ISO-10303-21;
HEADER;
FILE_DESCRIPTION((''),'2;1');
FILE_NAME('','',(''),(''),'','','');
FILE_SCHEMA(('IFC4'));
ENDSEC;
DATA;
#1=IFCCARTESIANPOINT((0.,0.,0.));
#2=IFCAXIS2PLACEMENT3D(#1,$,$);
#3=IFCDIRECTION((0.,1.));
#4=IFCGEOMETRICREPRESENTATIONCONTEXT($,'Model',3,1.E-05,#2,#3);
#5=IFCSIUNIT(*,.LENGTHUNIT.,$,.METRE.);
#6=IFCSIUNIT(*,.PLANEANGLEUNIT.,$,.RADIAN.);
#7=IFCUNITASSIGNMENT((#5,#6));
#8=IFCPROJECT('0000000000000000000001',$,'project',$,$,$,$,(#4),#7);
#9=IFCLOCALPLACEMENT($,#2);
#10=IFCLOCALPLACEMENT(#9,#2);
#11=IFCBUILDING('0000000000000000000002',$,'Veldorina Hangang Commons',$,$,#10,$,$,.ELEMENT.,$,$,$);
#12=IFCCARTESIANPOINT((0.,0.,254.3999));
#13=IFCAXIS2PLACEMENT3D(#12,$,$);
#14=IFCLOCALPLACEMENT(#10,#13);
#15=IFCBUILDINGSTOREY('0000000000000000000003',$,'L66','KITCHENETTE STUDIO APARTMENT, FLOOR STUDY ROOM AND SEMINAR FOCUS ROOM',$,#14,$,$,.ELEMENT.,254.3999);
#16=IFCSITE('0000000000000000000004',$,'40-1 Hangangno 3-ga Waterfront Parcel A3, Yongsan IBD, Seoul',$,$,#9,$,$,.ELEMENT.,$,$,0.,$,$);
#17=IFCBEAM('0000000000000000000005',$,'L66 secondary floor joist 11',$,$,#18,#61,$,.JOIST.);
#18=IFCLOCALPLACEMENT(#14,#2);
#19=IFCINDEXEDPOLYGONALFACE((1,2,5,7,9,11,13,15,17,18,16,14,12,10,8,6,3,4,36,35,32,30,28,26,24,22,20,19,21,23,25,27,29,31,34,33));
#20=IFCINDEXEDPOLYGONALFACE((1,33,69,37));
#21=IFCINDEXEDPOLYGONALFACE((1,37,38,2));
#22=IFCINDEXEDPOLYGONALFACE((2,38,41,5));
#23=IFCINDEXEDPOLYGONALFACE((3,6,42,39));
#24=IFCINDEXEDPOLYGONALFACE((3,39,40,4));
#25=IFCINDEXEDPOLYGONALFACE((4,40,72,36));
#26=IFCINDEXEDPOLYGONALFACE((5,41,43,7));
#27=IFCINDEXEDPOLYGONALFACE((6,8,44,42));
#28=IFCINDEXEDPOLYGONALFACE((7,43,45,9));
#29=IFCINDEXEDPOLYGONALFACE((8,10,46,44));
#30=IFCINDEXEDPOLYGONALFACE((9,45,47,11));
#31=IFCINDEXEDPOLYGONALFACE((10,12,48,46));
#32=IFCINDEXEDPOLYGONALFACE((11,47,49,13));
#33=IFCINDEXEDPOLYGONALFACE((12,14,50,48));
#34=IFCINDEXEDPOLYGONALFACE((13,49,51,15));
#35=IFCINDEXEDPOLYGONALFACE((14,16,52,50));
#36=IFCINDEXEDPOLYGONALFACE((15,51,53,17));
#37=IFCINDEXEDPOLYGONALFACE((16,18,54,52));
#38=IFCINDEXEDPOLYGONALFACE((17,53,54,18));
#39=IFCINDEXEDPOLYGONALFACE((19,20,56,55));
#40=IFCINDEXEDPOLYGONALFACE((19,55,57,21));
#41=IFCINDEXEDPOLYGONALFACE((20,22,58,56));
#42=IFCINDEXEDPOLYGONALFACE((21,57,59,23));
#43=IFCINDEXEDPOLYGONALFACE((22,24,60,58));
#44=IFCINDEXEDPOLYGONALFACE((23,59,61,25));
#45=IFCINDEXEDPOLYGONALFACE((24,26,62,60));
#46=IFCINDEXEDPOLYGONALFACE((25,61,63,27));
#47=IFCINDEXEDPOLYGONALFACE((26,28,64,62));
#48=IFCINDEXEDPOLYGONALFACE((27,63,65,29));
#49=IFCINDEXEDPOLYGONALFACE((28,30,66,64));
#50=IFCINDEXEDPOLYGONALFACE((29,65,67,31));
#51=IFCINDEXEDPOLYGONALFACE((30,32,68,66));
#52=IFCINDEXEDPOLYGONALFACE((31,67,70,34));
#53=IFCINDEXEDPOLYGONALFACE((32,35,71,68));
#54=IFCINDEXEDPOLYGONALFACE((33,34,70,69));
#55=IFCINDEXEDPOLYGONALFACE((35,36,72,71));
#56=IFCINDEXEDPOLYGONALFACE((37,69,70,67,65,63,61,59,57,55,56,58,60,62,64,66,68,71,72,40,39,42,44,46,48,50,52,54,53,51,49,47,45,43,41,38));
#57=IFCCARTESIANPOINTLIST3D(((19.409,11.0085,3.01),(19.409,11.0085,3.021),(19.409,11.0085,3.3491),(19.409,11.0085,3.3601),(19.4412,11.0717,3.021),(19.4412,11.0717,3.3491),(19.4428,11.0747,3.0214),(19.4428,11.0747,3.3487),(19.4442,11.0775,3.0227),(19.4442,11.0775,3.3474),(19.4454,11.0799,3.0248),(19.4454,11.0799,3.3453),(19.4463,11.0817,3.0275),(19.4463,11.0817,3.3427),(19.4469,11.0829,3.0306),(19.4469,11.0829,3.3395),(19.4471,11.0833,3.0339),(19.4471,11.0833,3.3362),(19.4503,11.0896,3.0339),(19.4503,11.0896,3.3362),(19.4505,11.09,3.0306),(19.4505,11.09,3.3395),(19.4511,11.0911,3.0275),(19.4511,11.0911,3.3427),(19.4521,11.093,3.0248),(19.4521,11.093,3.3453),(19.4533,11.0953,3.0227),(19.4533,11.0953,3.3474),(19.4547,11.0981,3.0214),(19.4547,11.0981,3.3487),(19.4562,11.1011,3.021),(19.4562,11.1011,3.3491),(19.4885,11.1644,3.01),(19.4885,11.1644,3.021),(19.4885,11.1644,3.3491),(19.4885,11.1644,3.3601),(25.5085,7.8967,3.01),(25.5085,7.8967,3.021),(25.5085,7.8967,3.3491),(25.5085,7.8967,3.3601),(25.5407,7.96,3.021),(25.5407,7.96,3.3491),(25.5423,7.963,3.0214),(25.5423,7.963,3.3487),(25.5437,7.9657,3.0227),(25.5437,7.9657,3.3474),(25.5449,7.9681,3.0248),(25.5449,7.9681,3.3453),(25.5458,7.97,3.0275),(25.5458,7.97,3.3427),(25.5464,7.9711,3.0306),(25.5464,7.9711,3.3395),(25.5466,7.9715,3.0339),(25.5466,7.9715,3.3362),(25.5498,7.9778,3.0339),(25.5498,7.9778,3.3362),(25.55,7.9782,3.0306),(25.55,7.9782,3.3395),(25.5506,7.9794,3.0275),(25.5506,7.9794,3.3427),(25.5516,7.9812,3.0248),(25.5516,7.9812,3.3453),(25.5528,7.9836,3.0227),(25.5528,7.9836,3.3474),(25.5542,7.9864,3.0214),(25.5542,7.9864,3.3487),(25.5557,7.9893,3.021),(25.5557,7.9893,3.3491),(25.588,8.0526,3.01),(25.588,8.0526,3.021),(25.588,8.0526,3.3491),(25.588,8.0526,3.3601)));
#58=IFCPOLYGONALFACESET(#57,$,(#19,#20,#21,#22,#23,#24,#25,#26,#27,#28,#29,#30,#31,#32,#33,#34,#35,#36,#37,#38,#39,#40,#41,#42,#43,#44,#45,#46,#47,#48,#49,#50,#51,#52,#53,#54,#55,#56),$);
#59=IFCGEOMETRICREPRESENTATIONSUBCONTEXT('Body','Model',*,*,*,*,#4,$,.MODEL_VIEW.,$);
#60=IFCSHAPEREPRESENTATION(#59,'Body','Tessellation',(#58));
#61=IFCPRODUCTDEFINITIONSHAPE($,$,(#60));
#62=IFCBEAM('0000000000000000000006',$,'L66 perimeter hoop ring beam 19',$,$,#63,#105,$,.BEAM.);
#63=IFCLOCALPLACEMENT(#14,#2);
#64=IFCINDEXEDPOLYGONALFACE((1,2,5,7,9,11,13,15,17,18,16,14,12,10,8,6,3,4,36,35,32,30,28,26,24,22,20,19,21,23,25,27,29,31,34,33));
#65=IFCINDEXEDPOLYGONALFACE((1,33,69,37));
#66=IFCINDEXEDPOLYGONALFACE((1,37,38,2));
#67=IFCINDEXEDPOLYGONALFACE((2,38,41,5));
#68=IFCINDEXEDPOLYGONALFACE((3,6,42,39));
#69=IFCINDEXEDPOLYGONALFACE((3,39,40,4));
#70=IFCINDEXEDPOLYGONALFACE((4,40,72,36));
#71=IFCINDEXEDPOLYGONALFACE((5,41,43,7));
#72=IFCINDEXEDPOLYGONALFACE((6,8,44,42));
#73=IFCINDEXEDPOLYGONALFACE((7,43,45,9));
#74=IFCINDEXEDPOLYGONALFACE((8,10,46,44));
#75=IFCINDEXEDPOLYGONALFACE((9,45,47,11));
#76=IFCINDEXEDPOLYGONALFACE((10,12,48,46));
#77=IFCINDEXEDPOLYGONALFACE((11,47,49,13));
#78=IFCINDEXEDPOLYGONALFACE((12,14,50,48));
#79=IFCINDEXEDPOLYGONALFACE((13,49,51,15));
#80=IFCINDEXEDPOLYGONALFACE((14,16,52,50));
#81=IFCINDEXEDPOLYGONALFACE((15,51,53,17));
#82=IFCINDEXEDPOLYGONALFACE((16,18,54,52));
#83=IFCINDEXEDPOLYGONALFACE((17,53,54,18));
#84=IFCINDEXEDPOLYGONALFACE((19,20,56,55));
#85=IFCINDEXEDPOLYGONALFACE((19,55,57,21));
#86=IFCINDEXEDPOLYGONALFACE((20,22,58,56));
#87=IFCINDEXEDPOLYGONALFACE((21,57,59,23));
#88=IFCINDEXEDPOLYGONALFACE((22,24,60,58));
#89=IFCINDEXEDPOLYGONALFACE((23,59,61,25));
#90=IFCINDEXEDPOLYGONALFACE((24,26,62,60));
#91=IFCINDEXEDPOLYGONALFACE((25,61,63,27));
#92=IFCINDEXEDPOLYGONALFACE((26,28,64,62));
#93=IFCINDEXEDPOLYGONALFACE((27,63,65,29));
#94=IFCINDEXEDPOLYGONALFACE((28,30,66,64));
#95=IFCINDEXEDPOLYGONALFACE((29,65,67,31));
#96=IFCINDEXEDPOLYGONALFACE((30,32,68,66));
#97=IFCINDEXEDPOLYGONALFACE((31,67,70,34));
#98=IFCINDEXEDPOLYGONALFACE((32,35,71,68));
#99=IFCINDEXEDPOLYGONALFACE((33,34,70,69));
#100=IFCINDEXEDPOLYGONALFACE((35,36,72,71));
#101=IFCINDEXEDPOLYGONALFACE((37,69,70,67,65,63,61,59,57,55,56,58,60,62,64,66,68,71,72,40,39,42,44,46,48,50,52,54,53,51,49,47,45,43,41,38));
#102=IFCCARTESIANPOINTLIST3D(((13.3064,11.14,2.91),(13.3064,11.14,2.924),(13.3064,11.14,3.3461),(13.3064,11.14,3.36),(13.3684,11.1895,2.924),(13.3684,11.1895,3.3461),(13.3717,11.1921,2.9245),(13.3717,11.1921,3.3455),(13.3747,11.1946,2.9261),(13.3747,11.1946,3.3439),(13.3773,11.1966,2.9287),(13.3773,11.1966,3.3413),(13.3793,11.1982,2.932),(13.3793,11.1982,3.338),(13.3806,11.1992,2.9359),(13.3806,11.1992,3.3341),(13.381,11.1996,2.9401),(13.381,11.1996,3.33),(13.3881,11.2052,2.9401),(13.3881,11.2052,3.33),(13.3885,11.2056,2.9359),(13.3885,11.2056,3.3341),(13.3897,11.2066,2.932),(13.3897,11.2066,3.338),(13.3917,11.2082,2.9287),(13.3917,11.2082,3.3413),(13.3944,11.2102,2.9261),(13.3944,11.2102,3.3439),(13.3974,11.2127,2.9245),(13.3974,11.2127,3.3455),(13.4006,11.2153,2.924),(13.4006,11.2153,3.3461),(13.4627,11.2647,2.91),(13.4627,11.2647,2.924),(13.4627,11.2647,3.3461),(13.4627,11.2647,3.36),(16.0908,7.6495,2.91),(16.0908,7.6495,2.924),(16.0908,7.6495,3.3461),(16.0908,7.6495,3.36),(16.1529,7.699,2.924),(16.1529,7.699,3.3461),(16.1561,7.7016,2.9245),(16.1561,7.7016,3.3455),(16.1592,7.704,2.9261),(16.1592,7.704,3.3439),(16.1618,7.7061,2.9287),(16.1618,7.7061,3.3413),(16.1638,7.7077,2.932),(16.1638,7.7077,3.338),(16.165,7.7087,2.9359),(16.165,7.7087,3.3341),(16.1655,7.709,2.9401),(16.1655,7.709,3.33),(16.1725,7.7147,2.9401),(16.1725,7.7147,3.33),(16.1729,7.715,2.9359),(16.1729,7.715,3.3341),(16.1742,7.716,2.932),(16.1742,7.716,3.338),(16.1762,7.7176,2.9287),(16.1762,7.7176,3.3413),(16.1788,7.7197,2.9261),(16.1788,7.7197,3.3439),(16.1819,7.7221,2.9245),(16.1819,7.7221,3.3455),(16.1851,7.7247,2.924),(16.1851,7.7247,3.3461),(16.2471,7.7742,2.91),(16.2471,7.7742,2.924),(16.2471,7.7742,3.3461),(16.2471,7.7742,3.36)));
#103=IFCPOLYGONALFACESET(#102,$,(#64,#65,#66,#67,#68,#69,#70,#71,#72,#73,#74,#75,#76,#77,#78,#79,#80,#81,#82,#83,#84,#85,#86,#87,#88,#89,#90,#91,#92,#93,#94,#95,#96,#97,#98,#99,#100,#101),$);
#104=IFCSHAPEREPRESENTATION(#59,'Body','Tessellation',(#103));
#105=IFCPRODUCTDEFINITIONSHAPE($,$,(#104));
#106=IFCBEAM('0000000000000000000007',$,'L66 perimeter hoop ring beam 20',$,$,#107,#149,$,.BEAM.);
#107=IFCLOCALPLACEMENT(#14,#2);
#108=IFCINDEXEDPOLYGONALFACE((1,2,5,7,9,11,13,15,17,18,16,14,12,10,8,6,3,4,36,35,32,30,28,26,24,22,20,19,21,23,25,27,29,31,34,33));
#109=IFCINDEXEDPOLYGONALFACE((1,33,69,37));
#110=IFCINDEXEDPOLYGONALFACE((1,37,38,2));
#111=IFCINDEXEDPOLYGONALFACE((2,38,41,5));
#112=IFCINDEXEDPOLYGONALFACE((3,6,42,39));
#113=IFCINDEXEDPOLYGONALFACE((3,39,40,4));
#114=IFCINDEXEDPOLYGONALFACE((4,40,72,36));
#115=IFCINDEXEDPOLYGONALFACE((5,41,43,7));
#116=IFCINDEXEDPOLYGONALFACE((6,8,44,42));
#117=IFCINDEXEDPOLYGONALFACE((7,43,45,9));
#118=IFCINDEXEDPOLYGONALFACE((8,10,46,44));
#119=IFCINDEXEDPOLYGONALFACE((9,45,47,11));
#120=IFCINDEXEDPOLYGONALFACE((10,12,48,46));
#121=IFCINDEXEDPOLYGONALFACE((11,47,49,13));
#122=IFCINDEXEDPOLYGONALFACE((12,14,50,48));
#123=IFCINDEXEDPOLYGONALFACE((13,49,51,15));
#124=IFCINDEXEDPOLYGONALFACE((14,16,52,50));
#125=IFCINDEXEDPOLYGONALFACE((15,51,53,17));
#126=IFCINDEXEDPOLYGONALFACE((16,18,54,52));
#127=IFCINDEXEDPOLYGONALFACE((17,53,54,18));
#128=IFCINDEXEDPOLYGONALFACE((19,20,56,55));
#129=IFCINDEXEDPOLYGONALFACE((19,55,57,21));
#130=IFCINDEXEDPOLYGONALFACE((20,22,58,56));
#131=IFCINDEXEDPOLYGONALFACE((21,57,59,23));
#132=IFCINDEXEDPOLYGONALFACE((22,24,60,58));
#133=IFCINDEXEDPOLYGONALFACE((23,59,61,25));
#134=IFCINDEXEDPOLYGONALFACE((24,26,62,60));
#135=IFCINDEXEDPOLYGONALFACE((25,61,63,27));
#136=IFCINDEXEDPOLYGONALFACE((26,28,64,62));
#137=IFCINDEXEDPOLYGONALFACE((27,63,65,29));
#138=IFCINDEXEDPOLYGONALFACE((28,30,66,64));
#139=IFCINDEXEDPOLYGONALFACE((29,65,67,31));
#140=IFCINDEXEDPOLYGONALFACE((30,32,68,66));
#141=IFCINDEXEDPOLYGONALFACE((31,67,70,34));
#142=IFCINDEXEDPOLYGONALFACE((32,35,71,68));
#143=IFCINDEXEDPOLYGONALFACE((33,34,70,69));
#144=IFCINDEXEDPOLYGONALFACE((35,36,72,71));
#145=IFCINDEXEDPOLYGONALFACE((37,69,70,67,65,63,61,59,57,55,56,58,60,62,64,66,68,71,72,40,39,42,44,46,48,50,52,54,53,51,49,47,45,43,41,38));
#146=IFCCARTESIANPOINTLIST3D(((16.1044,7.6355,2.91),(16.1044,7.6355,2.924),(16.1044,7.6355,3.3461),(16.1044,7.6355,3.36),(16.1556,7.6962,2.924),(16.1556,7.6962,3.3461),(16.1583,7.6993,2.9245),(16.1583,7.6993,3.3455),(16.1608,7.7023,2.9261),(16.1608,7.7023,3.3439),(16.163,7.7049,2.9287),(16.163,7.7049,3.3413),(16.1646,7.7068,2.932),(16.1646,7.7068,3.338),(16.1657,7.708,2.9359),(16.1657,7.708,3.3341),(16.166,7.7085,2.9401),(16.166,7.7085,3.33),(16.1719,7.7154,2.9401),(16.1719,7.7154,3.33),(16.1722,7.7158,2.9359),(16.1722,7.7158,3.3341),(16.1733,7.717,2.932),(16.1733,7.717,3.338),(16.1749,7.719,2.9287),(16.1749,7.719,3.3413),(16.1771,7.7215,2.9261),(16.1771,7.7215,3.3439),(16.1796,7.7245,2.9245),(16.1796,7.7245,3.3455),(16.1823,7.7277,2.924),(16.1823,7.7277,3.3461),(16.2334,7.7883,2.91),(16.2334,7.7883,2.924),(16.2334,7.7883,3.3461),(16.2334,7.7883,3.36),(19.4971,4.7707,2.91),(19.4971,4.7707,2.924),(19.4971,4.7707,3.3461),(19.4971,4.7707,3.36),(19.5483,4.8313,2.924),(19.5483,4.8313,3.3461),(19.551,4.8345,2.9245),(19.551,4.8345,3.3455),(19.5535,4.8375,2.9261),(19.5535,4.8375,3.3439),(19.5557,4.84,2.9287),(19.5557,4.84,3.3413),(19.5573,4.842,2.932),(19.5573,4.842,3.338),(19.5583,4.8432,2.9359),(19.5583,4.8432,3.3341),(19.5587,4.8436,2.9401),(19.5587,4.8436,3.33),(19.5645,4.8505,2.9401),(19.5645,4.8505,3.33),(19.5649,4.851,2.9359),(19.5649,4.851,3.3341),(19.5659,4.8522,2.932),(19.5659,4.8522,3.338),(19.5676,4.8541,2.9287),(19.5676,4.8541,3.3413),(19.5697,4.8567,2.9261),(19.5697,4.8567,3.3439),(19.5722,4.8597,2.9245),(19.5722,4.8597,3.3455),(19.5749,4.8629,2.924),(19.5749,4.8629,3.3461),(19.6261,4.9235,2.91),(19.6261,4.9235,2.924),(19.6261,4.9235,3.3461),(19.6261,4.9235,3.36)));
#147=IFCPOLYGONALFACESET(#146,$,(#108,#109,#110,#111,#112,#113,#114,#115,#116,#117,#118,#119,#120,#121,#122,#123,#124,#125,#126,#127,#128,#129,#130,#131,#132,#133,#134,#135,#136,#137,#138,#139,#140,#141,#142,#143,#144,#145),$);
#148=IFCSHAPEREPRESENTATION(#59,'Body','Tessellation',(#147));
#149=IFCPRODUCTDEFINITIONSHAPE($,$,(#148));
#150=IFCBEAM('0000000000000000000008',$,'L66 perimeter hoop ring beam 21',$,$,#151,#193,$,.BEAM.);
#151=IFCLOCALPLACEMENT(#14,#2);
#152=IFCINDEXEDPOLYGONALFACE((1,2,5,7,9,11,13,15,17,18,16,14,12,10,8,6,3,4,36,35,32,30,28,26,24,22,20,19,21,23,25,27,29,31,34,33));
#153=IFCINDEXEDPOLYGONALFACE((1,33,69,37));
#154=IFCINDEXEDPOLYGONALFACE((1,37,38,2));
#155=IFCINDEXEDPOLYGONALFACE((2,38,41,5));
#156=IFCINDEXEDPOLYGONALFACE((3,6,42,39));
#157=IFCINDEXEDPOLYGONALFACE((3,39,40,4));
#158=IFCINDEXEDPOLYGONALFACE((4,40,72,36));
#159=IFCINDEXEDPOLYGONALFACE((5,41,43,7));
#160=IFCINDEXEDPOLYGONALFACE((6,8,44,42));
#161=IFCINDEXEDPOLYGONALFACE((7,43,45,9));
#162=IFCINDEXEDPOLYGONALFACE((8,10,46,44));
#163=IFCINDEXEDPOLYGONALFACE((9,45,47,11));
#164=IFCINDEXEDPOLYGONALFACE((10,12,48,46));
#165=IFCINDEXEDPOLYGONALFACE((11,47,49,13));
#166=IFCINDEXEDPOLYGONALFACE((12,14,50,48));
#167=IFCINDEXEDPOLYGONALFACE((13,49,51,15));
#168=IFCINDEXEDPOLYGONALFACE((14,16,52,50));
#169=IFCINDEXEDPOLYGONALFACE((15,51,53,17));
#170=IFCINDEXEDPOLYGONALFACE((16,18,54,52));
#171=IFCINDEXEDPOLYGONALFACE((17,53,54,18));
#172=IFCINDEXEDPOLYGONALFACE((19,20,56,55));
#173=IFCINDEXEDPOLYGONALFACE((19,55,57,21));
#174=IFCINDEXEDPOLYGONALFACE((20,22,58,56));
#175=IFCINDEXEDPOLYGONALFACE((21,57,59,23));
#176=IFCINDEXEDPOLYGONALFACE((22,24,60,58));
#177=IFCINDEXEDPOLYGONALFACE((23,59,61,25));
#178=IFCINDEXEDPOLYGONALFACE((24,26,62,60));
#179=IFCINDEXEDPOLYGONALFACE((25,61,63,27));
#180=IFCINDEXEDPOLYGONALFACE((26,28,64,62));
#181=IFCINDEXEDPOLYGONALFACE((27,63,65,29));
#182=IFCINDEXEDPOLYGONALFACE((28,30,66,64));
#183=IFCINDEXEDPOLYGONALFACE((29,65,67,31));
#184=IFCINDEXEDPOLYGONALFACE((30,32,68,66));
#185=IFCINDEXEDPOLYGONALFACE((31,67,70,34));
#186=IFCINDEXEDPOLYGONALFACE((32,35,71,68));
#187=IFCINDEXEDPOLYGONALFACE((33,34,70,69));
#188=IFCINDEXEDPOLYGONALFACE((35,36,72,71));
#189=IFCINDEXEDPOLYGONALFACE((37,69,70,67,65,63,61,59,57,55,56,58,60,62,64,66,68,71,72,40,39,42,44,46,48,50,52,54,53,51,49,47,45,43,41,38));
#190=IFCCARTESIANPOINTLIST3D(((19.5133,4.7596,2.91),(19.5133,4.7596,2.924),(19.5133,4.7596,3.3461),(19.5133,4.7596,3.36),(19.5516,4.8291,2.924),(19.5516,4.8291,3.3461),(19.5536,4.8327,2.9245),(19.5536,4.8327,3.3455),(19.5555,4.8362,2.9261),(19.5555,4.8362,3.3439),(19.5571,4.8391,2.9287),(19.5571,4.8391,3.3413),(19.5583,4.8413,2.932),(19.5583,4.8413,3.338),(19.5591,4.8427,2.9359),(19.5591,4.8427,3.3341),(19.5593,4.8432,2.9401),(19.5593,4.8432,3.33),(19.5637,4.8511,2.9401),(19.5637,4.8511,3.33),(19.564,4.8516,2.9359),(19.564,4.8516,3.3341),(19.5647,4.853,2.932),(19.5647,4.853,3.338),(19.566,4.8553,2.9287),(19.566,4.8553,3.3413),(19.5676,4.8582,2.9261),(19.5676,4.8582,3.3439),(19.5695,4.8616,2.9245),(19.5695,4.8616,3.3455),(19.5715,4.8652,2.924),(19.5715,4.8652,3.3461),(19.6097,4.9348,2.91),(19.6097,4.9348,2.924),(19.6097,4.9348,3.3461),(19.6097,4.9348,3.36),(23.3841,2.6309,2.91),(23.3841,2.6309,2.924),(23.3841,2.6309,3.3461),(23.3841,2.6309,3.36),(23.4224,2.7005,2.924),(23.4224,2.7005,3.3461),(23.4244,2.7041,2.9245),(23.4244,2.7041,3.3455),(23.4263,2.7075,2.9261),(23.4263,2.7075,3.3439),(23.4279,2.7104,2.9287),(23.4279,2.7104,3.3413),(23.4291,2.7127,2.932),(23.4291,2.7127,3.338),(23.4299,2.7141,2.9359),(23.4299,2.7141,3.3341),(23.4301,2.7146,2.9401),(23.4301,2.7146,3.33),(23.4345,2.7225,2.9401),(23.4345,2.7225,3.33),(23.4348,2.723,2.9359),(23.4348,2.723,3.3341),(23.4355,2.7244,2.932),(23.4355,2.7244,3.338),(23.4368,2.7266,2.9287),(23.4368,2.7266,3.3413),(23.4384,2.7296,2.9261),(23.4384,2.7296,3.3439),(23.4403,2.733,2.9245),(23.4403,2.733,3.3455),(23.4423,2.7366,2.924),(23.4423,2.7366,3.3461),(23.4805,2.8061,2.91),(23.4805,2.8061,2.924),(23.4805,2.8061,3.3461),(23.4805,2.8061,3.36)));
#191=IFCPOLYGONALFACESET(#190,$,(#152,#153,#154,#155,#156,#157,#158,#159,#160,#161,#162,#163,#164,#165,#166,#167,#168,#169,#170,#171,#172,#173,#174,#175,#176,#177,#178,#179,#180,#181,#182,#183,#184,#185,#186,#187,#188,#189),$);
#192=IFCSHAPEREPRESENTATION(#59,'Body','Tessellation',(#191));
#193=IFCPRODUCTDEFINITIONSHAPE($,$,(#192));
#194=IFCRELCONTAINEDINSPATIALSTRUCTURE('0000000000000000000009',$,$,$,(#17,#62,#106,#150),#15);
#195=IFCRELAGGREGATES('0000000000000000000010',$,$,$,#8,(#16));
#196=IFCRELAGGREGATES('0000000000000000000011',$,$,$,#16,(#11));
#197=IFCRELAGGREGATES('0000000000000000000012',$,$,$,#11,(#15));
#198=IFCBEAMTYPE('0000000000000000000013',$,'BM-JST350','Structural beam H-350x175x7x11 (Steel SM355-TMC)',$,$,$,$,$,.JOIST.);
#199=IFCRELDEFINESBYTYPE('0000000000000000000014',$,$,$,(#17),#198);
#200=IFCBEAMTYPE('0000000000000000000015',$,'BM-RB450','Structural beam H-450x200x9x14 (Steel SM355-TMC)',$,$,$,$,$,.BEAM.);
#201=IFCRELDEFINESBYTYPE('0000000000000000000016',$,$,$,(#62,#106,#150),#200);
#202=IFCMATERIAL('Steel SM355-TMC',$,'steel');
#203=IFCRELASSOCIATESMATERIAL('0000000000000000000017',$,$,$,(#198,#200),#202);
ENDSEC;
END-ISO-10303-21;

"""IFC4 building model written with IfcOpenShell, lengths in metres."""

from ifc_helpers import new_model, si_unit, direction, frame, origin, origin_2d, place, context, subcontext, project, spatial, i_section, extrude, material, material_profile, profile_set, type_object, element, save


model = new_model("IFC4")

# Units and contexts
model_context = context("Model", 3, precision=1e-05, world=origin(), true_north=direction((0.0, 1.0)))
body_context = subcontext(model_context, "Body", "Model", "MODEL_VIEW")
ifc_project = project(units=[si_unit("LENGTHUNIT", "METRE"), si_unit("PLANEANGLEUNIT", "RADIAN")], contexts=[model_context])

# Site, building, storey
site_placement = place(None, origin())
site = spatial("IfcSite", under=ifc_project, at=site_placement, Name="40-1 Hangangno 3-ga Waterfront Parcel A3, Yongsan IBD, Seoul", CompositionType="ELEMENT", RefElevation=0.0)
building_placement = place(site_placement, origin())
building = spatial("IfcBuilding", under=site, at=building_placement, Name="Veldorina Hangang Commons", CompositionType="ELEMENT")
storey_placement = place(building_placement, frame((0.0, 0.0, 254.3999)))
storey = spatial("IfcBuildingStorey", under=building, at=storey_placement, Name="L66", Description="KITCHENETTE STUDIO APARTMENT, FLOOR STUDY ROOM AND SEMINAR FOCUS ROOM", CompositionType="ELEMENT", Elevation=254.3999)

# Beams
ifc_material_1 = material(Name="Steel SM355-TMC", Category="steel")
ifc_material_profile_1 = material_profile(ifc_material_1, i_section(OverallWidth=0.175, OverallDepth=0.3501, WebThickness=0.0071, FlangeThickness=0.011, FilletRadius=0.0129, at=origin_2d()), Name="H-350x175x7x11")
ifc_profile_set_1 = profile_set([ifc_material_profile_1], Name="Steel SM355-TMC")
beam_type_1 = type_object("IfcBeamType", Name="BM-JST350", Description="Structural beam H-350x175x7x11 (Steel SM355-TMC)", PredefinedType="JOIST", material=ifc_profile_set_1)
beam_1_placement = place(storey_placement, frame((19.4487, 11.0864, 3.1851), z_axis=(0.890775, -0.454444, 0.0), x_axis=(0.454444, 0.890775, 0.0)))
element("IfcBeam", 1, at=beam_1_placement, inside=storey, type_object=beam_type_1, Name="L66 secondary floor joist 11", PredefinedType="JOIST", context=body_context, shape_type="SweptSolid", body=[
    extrude(i_section(OverallWidth=0.175, OverallDepth=0.3501, WebThickness=0.0071, FlangeThickness=0.011, FilletRadius=0.0129, at=origin_2d()), origin(), (0.0, 0.0, 1.0), 6.8474),
])
ifc_material_profile_2 = material_profile(ifc_material_1, i_section(OverallWidth=0.2, OverallDepth=0.45, WebThickness=0.009, FlangeThickness=0.0139, FilletRadius=0.0161, at=origin_2d()), Name="H-450x200x9x14")
ifc_profile_set_2 = profile_set([ifc_material_profile_2], Name="Steel SM355-TMC")
beam_type_2 = type_object("IfcBeamType", Name="BM-RB450", Description="Structural beam H-450x200x9x14 (Steel SM355-TMC)", PredefinedType="BEAM", material=ifc_profile_set_2)
beam_2_placement = place(storey_placement, frame((13.3845, 11.2024, 3.135), z_axis=(0.623608, -0.781738, 0.0), x_axis=(0.781738, 0.623608, 0.0)))
element("IfcBeam", 2, at=beam_2_placement, inside=storey, type_object=beam_type_2, Name="L66 perimeter hoop ring beam 19", PredefinedType="BEAM", context=body_context, shape_type="SweptSolid", body=[
    extrude(i_section(OverallWidth=0.2, OverallDepth=0.45, WebThickness=0.009, FlangeThickness=0.0139, FilletRadius=0.0161, at=origin_2d()), origin(), (0.0, 0.0, 1.0), 4.4651),
])
beam_3_placement = place(storey_placement, frame((16.1689, 7.7119, 3.135), z_axis=(0.764041, -0.645168, 0.0), x_axis=(0.645168, 0.764041, 0.0)))
element("IfcBeam", 3, at=beam_3_placement, inside=storey, type_object=beam_type_2, Name="L66 perimeter hoop ring beam 20", PredefinedType="BEAM", context=body_context, shape_type="SweptSolid", body=[
    extrude(i_section(OverallWidth=0.2, OverallDepth=0.45, WebThickness=0.009, FlangeThickness=0.0139, FilletRadius=0.0161, at=origin_2d()), origin(), (0.0, 0.0, 1.0), 4.4404),
])
beam_4_placement = place(storey_placement, frame((19.5615, 4.8472, 3.135), z_axis=(0.876245, -0.481866, 0.0), x_axis=(0.481866, 0.876245, 0.0)))
element("IfcBeam", 4, at=beam_4_placement, inside=storey, type_object=beam_type_2, Name="L66 perimeter hoop ring beam 21", PredefinedType="BEAM", context=body_context, shape_type="SweptSolid", body=[
    extrude(i_section(OverallWidth=0.2, OverallDepth=0.45, WebThickness=0.009, FlangeThickness=0.0139, FilletRadius=0.0161, at=origin_2d()), origin(), (0.0, 0.0, 1.0), 4.4175),
])

save(model, "model.ifc")
